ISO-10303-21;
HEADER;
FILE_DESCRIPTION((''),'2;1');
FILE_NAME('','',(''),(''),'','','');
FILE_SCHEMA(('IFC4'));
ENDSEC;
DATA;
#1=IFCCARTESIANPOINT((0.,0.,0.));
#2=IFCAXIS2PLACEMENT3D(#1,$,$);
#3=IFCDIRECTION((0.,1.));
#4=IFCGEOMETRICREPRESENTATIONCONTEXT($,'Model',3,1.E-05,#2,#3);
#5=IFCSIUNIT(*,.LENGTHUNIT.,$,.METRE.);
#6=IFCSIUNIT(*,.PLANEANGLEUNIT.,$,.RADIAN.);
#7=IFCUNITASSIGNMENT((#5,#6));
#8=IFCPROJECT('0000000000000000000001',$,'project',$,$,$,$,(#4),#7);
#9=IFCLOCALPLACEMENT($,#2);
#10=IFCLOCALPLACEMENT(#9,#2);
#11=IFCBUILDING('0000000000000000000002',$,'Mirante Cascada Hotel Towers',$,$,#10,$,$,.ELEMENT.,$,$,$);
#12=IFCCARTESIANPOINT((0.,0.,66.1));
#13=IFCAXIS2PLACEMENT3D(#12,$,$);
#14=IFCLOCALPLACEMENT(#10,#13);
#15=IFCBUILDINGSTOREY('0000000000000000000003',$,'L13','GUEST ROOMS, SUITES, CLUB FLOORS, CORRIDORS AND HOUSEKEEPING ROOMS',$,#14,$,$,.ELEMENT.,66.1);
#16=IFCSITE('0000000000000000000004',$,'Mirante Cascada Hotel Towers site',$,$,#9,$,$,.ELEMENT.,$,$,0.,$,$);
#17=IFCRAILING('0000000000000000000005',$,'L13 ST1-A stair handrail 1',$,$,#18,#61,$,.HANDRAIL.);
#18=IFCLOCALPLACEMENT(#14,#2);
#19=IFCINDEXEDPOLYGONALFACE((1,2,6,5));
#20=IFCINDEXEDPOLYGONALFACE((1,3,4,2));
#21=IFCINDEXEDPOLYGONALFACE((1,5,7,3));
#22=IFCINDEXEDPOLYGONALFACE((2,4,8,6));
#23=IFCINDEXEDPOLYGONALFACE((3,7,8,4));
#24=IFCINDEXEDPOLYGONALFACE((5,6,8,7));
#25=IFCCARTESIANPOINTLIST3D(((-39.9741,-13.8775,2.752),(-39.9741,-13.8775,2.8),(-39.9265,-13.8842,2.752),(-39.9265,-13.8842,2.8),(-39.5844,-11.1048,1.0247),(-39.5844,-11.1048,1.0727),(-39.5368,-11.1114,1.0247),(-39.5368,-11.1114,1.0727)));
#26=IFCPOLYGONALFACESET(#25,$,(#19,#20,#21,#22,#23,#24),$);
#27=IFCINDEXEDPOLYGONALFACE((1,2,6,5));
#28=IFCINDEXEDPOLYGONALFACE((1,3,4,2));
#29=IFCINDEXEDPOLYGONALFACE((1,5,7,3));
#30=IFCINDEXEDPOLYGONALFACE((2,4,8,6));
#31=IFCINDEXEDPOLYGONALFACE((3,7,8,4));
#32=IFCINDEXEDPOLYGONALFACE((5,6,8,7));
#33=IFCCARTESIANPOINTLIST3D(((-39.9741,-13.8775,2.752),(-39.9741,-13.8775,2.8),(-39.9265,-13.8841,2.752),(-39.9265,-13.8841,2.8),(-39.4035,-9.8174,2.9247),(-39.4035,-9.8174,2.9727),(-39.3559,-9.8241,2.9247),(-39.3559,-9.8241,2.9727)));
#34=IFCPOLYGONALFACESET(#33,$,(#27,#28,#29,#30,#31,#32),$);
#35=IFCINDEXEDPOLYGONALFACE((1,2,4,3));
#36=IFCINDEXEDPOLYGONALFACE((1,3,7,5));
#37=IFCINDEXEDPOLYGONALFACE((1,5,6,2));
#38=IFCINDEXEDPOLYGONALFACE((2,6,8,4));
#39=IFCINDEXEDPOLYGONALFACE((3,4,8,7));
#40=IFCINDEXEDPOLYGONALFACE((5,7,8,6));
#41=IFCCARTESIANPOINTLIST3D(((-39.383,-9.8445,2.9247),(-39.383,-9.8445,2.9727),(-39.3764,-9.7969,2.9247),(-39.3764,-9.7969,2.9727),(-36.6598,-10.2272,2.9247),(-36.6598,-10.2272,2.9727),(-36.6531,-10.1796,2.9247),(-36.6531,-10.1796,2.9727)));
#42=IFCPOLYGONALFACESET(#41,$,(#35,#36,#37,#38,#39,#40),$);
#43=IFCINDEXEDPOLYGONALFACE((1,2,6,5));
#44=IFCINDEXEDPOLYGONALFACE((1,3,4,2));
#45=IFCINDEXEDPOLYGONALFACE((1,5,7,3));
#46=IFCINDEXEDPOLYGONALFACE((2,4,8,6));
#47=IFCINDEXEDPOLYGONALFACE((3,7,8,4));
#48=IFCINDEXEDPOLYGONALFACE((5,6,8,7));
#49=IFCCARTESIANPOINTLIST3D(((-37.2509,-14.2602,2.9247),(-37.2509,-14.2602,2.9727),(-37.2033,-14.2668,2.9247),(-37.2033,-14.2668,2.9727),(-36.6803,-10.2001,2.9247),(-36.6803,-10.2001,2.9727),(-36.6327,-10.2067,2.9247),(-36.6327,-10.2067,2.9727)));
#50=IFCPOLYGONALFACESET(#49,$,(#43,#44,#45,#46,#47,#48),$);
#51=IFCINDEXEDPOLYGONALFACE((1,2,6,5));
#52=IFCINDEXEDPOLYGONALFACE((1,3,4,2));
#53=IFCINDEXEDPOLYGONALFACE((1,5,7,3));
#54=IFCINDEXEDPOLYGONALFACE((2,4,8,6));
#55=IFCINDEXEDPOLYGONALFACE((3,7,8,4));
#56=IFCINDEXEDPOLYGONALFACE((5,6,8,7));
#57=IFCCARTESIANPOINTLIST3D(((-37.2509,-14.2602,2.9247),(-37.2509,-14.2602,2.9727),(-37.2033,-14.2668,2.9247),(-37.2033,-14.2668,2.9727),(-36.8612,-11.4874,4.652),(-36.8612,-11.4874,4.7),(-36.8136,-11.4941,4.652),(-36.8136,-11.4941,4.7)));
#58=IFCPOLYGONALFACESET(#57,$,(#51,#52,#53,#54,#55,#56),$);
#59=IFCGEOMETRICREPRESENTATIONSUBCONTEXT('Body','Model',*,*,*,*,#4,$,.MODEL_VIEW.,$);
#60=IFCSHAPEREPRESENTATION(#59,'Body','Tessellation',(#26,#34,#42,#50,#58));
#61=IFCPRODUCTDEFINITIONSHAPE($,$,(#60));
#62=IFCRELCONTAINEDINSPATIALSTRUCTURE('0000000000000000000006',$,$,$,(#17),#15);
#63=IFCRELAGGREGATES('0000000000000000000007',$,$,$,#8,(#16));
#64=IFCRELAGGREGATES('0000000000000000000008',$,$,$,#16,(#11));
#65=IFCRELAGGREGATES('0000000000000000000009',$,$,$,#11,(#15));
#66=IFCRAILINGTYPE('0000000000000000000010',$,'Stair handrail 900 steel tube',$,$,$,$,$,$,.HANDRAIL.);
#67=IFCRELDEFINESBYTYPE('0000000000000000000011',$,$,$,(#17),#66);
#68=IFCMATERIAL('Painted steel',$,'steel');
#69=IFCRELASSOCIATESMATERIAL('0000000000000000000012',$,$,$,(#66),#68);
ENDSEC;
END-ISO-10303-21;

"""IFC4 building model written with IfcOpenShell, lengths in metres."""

from ifc_helpers import new_model, si_unit, direction, frame, origin, origin_2d, place, context, subcontext, project, spatial, rectangle, extrude, material, type_object, element, save


model = new_model("IFC4")

# Units and contexts
model_context = context("Model", 3, precision=1e-05, world=origin(), true_north=direction((0.0, 1.0)))
body_context = subcontext(model_context, "Body", "Model", "MODEL_VIEW")
ifc_project = project(units=[si_unit("LENGTHUNIT", "METRE"), si_unit("PLANEANGLEUNIT", "RADIAN")], contexts=[model_context])

# Site, building, storey
site_placement = place(None, origin())
site = spatial("IfcSite", under=ifc_project, at=site_placement, Name="Mirante Cascada Hotel Towers site", CompositionType="ELEMENT", RefElevation=0.0)
building_placement = place(site_placement, origin())
building = spatial("IfcBuilding", under=site, at=building_placement, Name="Mirante Cascada Hotel Towers", CompositionType="ELEMENT")
storey_placement = place(building_placement, frame((0.0, 0.0, 66.1)))
storey = spatial("IfcBuildingStorey", under=building, at=storey_placement, Name="L13", Description="GUEST ROOMS, SUITES, CLUB FLOORS, CORRIDORS AND HOUSEKEEPING ROOMS", CompositionType="ELEMENT", Elevation=66.1)

# Railing
ifc_material_1 = material(Name="Painted steel", Category="steel")
railing_type_1 = type_object("IfcRailingType", Name="Stair handrail 900 steel tube", PredefinedType="HANDRAIL", material=ifc_material_1)
railing_1_placement = place(storey_placement, frame((-39.5606, -11.1081, 0.1727)))
element("IfcRailing", 1, at=railing_1_placement, inside=storey, type_object=railing_type_1, Name="L13 ST1-A stair handrail 1", PredefinedType="HANDRAIL", context=body_context, shape_type="SweptSolid", body=[
    extrude(rectangle(XDim=0.048, YDim=0.048, at=origin_2d()), frame((0.0, 0.0, 0.876), z_axis=(-0.139181, -0.990267, 0.0), x_axis=(0.990267, -0.139181, 0.0)), (0.0, 0.525035, 0.851081), 3.2899),
    extrude(rectangle(XDim=0.048, YDim=0.048, at=origin_2d()), frame((-0.3897, -2.7727, 2.6033), z_axis=(0.139171, 0.990268, 0.0), x_axis=(-0.990268, 0.139171, 0.0)), (0.0, 0.042085, 0.999114), 4.1036),
    extrude(rectangle(XDim=0.048, YDim=0.048, at=origin_2d()), frame((0.1809, 1.2874, 2.776), z_axis=(0.990269, -0.139166, 0.0), x_axis=(0.139166, 0.990269, 0.0)), (0.0, 0.0, 1.0), 2.75),
    extrude(rectangle(XDim=0.048, YDim=0.048, at=origin_2d()), frame((2.9041, 0.9047, 2.776), z_axis=(-0.139171, -0.990268, 0.0), x_axis=(0.990268, -0.139171, 0.0)), (0.0, 0.0, 1.0), 4.1),
    extrude(rectangle(XDim=0.048, YDim=0.048, at=origin_2d()), frame((2.3335, -3.1554, 2.776), z_axis=(0.139181, 0.990267, 0.0), x_axis=(-0.990267, 0.139181, 0.0)), (0.0, 0.525035, 0.851081), 3.2899),
])

save(model, "model.ifc")
